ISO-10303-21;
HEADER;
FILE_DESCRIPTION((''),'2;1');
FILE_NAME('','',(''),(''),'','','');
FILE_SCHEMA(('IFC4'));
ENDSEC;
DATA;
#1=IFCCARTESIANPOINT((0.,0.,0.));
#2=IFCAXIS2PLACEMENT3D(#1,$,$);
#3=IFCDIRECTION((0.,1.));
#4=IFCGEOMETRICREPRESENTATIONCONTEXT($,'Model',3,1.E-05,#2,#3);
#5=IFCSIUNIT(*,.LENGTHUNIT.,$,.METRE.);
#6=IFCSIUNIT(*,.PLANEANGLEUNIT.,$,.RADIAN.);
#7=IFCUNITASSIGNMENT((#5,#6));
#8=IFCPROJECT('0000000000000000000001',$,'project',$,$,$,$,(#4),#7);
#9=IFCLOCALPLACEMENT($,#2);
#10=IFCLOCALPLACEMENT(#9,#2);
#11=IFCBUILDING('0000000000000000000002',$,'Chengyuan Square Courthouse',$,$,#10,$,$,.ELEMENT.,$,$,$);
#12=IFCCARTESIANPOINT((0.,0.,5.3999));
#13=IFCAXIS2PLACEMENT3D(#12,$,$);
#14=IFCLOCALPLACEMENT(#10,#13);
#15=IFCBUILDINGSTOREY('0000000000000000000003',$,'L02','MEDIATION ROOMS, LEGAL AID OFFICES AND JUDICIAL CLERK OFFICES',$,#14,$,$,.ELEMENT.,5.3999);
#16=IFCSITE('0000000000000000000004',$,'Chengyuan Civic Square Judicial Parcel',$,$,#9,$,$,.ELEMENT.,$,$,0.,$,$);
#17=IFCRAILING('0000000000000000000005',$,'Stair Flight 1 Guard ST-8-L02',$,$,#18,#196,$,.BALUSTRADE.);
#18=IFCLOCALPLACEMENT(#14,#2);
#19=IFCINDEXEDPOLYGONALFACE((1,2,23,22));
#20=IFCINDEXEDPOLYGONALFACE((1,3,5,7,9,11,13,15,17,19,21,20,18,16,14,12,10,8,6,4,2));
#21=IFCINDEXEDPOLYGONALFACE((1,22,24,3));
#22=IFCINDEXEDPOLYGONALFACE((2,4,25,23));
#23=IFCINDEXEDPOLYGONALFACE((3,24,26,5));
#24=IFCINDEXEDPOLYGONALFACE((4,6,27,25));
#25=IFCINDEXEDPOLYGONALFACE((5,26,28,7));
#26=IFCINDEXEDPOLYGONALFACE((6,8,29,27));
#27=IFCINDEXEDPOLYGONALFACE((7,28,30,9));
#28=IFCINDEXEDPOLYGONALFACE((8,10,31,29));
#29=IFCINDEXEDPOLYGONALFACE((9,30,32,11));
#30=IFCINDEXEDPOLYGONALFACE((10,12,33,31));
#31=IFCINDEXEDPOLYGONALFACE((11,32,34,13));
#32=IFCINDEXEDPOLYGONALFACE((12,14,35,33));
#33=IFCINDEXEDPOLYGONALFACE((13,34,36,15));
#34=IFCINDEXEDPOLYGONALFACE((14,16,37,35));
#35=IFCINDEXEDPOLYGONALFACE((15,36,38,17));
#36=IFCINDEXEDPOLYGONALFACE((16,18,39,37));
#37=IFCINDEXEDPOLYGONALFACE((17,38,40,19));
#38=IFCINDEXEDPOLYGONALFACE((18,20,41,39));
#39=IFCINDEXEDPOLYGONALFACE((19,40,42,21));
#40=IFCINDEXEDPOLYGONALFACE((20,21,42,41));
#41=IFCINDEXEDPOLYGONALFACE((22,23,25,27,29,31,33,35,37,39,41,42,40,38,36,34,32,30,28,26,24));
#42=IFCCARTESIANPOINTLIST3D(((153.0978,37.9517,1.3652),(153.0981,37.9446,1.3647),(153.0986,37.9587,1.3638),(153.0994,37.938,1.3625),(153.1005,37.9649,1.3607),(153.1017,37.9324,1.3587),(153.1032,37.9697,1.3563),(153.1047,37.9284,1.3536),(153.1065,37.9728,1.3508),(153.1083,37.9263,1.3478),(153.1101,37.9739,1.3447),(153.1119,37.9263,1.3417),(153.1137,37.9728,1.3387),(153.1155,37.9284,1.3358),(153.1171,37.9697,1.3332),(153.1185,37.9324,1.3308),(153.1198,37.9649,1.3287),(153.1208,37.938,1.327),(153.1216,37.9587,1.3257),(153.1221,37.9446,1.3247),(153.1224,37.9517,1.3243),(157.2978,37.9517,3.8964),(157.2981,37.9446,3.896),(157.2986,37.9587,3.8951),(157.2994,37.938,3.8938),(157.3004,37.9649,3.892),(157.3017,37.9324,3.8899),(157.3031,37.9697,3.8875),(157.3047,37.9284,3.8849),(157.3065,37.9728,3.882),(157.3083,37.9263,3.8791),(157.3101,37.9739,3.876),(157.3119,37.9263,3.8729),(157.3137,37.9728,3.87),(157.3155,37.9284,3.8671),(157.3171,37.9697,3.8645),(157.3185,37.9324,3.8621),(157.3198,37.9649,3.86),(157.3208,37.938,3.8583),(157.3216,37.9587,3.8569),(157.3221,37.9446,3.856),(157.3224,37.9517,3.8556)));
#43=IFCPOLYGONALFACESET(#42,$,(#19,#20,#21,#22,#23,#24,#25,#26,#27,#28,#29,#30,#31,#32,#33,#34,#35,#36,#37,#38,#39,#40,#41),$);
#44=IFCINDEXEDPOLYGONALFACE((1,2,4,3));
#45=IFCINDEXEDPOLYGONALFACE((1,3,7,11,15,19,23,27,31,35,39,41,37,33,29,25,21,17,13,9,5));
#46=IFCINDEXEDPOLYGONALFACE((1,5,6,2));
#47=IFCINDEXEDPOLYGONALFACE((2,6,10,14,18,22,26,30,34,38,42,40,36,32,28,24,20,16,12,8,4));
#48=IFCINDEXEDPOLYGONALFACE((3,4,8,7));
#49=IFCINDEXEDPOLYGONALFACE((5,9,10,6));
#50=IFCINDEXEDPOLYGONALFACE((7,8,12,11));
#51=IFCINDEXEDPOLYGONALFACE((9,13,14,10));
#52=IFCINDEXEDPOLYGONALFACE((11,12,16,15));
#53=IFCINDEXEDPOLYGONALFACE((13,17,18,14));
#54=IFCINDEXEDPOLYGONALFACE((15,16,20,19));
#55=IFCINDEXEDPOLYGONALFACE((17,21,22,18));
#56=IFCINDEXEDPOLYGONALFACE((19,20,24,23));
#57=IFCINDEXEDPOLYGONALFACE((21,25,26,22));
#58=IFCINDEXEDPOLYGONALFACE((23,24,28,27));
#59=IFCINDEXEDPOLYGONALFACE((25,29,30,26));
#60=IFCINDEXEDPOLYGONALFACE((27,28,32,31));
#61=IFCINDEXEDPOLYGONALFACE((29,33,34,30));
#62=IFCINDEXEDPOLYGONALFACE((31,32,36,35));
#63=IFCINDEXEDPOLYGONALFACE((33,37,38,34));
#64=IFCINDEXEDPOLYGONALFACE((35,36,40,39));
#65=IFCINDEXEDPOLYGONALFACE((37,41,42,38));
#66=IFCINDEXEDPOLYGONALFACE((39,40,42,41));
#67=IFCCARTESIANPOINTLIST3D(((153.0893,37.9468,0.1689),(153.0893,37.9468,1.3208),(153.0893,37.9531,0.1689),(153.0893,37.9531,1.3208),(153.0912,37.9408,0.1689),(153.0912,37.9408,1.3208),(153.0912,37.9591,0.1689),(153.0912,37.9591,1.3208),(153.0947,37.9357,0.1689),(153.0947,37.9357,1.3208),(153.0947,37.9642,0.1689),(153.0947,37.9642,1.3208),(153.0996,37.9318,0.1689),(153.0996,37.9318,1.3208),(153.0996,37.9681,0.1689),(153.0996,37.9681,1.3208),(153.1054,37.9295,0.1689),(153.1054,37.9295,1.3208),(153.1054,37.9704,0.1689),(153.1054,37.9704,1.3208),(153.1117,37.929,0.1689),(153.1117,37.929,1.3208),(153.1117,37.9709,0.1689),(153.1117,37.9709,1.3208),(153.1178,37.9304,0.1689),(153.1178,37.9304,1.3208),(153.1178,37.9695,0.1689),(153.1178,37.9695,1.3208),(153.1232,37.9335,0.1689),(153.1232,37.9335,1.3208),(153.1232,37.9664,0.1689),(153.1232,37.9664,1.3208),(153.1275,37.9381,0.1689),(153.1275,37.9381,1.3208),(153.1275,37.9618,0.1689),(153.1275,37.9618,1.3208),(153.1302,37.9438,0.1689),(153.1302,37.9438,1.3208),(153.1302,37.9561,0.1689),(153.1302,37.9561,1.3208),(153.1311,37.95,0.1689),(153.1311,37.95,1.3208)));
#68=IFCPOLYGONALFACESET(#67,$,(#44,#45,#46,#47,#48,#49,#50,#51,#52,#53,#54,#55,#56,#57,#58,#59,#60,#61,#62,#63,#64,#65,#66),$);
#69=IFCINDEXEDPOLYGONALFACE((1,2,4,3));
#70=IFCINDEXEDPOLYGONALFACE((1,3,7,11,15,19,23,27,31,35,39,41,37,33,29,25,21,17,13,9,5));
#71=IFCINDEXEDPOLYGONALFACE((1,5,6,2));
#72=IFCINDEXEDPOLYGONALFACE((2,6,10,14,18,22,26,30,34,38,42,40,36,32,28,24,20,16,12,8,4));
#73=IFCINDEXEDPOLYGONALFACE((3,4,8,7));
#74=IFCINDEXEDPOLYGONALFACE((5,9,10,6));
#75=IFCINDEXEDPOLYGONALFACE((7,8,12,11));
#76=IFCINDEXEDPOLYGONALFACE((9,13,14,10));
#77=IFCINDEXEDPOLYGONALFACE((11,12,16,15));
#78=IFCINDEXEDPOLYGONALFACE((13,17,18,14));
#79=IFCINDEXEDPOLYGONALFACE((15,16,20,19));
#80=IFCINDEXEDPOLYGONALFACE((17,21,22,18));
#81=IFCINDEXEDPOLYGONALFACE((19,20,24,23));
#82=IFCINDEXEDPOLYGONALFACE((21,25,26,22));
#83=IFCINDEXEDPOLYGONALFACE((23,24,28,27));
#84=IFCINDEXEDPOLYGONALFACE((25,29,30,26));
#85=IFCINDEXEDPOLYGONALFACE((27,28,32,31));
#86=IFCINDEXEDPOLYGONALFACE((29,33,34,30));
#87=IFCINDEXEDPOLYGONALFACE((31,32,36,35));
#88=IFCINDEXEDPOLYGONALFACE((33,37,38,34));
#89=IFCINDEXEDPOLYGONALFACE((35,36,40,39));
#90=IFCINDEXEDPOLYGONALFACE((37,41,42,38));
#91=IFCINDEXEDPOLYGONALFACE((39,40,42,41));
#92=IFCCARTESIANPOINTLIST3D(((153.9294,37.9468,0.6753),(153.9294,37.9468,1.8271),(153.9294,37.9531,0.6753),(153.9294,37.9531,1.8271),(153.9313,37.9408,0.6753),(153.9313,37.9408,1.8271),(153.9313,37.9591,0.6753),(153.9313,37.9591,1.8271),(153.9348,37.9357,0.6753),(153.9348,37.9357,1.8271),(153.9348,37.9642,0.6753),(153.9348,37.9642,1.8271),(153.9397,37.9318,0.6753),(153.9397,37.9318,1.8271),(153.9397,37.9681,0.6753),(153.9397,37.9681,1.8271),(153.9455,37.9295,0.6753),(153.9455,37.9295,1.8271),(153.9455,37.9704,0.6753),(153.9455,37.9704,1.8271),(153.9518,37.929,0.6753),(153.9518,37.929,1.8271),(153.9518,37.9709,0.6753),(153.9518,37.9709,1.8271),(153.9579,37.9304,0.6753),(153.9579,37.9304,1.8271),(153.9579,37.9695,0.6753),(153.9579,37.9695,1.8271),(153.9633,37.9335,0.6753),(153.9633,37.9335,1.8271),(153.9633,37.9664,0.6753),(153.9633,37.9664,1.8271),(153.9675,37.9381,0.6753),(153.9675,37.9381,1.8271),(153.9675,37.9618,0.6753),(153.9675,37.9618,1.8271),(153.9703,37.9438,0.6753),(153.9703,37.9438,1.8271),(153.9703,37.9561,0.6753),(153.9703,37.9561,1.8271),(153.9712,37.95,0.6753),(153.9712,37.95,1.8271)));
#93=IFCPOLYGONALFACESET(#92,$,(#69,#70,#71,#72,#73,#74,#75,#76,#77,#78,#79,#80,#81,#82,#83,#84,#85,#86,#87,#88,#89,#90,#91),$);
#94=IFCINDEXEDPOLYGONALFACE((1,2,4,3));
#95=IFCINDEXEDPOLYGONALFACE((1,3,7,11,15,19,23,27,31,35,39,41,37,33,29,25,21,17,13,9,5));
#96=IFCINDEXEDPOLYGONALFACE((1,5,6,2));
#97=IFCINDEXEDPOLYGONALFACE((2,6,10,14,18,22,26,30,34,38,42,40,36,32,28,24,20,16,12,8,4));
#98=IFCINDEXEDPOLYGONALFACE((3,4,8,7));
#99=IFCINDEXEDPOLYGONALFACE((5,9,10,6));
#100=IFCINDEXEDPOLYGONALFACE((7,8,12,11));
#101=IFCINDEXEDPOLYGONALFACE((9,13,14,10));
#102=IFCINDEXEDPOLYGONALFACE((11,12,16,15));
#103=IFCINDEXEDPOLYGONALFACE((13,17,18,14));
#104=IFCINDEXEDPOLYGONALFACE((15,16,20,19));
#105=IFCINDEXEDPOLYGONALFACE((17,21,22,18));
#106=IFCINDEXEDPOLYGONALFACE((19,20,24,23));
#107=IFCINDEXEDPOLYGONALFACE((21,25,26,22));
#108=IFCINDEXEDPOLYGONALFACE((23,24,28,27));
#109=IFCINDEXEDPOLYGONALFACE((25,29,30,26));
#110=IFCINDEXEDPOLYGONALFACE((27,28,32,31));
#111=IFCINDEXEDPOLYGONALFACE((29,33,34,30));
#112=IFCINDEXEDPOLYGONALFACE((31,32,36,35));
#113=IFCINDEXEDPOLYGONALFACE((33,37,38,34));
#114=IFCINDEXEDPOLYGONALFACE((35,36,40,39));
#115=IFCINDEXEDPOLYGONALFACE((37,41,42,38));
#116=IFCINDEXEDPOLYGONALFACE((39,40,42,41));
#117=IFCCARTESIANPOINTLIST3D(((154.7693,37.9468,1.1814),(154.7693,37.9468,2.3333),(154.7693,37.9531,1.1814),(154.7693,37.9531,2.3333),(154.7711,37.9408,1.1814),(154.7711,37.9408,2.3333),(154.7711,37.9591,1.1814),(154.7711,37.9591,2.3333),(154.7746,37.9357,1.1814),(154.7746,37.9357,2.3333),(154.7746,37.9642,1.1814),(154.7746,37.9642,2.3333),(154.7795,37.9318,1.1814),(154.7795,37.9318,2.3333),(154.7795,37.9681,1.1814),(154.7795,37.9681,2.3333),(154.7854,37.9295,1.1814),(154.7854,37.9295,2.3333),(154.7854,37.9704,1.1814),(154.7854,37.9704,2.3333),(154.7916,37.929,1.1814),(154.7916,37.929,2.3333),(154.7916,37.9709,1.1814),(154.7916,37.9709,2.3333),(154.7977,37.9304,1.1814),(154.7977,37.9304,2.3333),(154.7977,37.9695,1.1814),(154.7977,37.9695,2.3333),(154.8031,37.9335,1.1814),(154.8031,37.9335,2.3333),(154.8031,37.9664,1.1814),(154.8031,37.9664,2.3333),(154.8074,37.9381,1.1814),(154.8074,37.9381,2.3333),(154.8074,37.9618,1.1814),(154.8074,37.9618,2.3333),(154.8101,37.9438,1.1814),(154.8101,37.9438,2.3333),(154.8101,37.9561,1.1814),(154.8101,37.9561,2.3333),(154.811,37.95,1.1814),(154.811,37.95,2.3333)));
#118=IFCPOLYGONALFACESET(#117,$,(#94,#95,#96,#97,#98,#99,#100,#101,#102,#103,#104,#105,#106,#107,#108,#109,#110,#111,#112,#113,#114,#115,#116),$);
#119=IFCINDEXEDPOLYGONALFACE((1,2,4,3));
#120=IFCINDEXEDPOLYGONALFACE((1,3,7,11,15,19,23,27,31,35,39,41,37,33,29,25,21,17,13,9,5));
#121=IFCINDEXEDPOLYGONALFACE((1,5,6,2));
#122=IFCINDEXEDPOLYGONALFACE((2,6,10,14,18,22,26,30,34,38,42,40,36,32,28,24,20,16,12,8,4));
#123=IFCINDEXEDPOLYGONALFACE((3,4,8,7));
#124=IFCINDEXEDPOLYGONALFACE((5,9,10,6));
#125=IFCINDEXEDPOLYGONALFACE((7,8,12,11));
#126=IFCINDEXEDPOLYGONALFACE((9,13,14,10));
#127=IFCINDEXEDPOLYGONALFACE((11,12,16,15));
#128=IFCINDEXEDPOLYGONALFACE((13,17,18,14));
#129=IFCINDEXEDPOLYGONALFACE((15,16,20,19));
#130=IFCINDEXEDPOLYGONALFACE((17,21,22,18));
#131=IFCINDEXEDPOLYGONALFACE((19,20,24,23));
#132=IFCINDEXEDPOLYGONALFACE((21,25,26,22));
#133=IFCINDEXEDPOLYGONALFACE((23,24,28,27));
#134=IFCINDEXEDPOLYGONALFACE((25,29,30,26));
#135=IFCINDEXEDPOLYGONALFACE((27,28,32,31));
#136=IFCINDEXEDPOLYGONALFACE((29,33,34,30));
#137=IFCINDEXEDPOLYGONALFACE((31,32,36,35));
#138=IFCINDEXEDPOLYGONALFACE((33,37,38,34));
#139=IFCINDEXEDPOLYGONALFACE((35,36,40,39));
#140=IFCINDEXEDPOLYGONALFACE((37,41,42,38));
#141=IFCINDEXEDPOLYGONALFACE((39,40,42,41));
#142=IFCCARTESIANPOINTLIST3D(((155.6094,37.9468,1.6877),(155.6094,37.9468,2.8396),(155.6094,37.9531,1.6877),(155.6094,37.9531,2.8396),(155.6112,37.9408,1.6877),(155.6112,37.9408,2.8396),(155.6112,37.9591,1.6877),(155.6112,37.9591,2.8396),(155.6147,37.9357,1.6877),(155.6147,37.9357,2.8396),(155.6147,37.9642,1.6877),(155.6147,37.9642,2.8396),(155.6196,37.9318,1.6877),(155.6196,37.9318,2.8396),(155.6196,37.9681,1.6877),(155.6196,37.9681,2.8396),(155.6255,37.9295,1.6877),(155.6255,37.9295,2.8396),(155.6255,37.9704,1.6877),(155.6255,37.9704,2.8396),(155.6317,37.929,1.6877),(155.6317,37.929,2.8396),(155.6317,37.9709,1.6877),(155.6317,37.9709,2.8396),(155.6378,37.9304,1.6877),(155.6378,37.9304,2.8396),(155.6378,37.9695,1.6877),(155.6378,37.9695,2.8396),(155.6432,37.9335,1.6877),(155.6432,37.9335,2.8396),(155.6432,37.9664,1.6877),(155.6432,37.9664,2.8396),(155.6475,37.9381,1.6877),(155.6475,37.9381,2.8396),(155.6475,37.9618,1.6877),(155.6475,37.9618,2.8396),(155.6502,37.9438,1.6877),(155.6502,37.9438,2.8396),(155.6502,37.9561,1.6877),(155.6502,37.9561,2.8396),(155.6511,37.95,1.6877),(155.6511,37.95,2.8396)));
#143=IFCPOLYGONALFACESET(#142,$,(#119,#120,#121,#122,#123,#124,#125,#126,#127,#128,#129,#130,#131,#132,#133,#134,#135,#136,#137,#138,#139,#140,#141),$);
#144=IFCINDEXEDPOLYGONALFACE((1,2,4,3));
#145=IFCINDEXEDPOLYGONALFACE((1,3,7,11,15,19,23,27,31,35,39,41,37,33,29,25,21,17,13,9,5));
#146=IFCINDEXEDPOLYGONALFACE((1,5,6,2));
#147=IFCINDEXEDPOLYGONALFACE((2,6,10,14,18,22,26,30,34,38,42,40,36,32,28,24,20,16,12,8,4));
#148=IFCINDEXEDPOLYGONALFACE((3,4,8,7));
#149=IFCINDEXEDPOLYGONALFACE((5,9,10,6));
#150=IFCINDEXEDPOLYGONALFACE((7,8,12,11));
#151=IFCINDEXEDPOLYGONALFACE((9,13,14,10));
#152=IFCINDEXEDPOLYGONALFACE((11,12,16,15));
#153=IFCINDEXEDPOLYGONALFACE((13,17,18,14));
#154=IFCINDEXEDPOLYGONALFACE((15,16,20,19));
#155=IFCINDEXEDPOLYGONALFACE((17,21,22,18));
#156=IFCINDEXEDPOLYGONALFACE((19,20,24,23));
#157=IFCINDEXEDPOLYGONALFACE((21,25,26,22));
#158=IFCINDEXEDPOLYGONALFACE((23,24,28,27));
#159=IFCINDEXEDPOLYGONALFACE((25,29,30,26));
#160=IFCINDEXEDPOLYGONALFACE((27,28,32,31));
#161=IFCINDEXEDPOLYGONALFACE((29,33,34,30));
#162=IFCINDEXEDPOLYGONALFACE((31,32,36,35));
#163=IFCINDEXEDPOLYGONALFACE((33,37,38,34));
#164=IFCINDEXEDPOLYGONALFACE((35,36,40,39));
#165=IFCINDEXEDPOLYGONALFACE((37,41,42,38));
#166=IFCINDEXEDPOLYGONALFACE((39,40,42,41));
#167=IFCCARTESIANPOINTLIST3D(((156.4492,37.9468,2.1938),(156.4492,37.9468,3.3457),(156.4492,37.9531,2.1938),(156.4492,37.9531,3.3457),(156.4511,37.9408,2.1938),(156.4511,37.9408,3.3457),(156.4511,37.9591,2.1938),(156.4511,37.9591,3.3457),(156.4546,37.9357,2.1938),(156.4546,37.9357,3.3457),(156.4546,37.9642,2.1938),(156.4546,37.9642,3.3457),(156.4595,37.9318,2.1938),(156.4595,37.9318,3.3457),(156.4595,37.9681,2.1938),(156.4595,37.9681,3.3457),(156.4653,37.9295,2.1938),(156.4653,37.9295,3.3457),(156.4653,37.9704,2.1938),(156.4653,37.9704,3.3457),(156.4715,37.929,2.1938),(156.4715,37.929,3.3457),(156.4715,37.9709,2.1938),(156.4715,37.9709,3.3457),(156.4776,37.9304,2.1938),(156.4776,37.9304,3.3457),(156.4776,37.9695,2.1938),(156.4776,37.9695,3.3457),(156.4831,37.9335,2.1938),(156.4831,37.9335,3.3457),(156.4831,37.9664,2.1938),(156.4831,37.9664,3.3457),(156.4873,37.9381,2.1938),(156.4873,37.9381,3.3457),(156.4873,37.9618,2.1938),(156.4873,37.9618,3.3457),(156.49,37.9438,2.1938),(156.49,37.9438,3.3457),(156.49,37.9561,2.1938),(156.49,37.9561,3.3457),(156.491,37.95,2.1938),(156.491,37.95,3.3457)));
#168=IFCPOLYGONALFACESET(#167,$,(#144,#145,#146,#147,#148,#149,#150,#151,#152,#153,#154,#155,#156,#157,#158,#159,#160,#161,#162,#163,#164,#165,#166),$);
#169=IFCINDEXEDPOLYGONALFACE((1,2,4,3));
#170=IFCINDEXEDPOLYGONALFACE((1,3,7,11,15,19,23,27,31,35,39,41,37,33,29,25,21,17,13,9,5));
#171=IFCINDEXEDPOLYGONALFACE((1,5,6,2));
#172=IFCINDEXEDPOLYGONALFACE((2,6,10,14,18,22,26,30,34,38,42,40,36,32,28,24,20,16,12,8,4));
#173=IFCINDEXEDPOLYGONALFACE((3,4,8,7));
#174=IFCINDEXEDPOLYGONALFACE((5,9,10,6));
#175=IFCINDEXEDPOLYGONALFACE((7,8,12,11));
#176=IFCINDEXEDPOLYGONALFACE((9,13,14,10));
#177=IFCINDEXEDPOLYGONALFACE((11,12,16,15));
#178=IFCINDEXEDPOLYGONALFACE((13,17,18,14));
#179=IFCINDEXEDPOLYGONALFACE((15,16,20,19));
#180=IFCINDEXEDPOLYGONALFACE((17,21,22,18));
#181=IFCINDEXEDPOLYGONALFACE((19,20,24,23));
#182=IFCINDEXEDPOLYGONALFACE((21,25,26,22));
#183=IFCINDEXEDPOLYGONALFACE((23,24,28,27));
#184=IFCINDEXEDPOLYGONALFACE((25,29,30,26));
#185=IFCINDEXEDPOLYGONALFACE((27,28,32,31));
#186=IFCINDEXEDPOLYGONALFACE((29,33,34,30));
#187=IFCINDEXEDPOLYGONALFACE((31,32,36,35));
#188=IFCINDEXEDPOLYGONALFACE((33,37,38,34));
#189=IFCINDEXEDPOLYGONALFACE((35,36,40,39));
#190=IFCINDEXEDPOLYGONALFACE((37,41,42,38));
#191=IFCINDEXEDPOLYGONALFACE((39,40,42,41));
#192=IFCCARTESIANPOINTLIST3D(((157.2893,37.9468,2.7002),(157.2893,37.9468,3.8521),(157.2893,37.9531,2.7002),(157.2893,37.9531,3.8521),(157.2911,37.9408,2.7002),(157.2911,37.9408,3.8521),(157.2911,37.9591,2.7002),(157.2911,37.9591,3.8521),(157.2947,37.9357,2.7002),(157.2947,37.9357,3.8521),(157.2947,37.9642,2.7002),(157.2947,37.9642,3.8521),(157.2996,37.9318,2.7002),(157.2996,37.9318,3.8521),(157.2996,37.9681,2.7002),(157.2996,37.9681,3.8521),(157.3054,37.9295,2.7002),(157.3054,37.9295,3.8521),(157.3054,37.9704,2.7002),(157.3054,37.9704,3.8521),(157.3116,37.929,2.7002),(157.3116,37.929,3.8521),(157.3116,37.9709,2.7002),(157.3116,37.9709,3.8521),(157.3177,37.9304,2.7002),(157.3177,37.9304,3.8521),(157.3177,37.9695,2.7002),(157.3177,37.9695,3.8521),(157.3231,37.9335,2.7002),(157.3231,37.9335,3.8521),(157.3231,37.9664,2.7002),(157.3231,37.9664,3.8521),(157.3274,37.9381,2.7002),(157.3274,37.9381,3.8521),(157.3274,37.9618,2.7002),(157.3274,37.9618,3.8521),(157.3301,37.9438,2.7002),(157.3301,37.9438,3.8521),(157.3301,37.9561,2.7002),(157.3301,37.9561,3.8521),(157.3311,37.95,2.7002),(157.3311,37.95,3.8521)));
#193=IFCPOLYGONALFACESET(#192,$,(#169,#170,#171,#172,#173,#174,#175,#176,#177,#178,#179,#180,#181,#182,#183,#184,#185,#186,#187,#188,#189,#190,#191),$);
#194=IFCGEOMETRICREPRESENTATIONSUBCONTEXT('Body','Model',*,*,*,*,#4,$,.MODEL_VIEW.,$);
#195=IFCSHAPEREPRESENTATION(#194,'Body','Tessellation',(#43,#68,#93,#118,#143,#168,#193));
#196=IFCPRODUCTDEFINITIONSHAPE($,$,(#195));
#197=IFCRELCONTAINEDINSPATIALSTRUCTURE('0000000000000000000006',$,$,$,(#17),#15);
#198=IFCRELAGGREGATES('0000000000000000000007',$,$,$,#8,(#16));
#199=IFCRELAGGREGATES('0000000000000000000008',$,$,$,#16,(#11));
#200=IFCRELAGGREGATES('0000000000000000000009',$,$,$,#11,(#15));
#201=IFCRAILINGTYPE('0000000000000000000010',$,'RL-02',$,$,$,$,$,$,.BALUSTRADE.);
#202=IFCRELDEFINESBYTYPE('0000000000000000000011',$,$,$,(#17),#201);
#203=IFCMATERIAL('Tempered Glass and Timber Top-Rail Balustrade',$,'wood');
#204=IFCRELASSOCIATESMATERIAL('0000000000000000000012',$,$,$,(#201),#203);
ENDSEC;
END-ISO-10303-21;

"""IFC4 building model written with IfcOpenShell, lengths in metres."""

from ifc_helpers import new_model, si_unit, direction, frame, origin, origin_2d, place, context, subcontext, project, spatial, circle, extrude, material, type_object, element, save


model = new_model("IFC4")

# Units and contexts
model_context = context("Model", 3, precision=1e-05, world=origin(), true_north=direction((0.0, 1.0)))
body_context = subcontext(model_context, "Body", "Model", "MODEL_VIEW")
ifc_project = project(units=[si_unit("LENGTHUNIT", "METRE"), si_unit("PLANEANGLEUNIT", "RADIAN")], contexts=[model_context])

# Site, building, storey
site_placement = place(None, origin())
site = spatial("IfcSite", under=ifc_project, at=site_placement, Name="Chengyuan Civic Square Judicial Parcel", CompositionType="ELEMENT", RefElevation=0.0)
building_placement = place(site_placement, origin())
building = spatial("IfcBuilding", under=site, at=building_placement, Name="Chengyuan Square Courthouse", CompositionType="ELEMENT")
storey_placement = place(building_placement, frame((0.0, 0.0, 5.3999)))
storey = spatial("IfcBuildingStorey", under=building, at=storey_placement, Name="L02", Description="MEDIATION ROOMS, LEGAL AID OFFICES AND JUDICIAL CLERK OFFICES", CompositionType="ELEMENT", Elevation=5.3999)

# Railing
ifc_material_1 = material(Name="Tempered Glass and Timber Top-Rail Balustrade", Category="wood")
railing_type_1 = type_object("IfcRailingType", Name="RL-02", PredefinedType="BALUSTRADE", material=ifc_material_1)
railing_1_placement = place(storey_placement, frame((153.1101, 37.95, 0.1689)))
element("IfcRailing", 1, at=railing_1_placement, inside=storey, type_object=railing_type_1, Name="Stair Flight 1 Guard ST-8-L02", PredefinedType="BALUSTRADE", context=body_context, shape_type="SweptSolid", body=[
    extrude(circle(Radius=0.0239, at=origin_2d()), frame((0.0, 0.0, 1.1758), z_axis=(0.856476, 0.0, 0.516186), x_axis=(0.0, 1.0, 0.0)), (0.0, 0.0, 1.0), 4.9038),
    extrude(circle(Radius=0.021, at=origin_2d()), origin(), (0.0, 0.0, 1.0), 1.1519),
    extrude(circle(Radius=0.021, at=origin_2d()), frame((0.8401, 0.0, 0.5063)), (0.0, 0.0, 1.0), 1.1519),
    extrude(circle(Radius=0.021, at=origin_2d()), frame((1.6799, 0.0, 1.0125)), (0.0, 0.0, 1.0), 1.1519),
    extrude(circle(Radius=0.021, at=origin_2d()), frame((2.52, 0.0, 1.5188)), (0.0, 0.0, 1.0), 1.1519),
    extrude(circle(Radius=0.021, at=origin_2d()), frame((3.3599, 0.0, 2.0249)), (0.0, 0.0, 1.0), 1.1519),
    extrude(circle(Radius=0.021, at=origin_2d()), frame((4.2, 0.0, 2.5312)), (0.0, 0.0, 1.0), 1.1519),
])

save(model, "model.ifc")
